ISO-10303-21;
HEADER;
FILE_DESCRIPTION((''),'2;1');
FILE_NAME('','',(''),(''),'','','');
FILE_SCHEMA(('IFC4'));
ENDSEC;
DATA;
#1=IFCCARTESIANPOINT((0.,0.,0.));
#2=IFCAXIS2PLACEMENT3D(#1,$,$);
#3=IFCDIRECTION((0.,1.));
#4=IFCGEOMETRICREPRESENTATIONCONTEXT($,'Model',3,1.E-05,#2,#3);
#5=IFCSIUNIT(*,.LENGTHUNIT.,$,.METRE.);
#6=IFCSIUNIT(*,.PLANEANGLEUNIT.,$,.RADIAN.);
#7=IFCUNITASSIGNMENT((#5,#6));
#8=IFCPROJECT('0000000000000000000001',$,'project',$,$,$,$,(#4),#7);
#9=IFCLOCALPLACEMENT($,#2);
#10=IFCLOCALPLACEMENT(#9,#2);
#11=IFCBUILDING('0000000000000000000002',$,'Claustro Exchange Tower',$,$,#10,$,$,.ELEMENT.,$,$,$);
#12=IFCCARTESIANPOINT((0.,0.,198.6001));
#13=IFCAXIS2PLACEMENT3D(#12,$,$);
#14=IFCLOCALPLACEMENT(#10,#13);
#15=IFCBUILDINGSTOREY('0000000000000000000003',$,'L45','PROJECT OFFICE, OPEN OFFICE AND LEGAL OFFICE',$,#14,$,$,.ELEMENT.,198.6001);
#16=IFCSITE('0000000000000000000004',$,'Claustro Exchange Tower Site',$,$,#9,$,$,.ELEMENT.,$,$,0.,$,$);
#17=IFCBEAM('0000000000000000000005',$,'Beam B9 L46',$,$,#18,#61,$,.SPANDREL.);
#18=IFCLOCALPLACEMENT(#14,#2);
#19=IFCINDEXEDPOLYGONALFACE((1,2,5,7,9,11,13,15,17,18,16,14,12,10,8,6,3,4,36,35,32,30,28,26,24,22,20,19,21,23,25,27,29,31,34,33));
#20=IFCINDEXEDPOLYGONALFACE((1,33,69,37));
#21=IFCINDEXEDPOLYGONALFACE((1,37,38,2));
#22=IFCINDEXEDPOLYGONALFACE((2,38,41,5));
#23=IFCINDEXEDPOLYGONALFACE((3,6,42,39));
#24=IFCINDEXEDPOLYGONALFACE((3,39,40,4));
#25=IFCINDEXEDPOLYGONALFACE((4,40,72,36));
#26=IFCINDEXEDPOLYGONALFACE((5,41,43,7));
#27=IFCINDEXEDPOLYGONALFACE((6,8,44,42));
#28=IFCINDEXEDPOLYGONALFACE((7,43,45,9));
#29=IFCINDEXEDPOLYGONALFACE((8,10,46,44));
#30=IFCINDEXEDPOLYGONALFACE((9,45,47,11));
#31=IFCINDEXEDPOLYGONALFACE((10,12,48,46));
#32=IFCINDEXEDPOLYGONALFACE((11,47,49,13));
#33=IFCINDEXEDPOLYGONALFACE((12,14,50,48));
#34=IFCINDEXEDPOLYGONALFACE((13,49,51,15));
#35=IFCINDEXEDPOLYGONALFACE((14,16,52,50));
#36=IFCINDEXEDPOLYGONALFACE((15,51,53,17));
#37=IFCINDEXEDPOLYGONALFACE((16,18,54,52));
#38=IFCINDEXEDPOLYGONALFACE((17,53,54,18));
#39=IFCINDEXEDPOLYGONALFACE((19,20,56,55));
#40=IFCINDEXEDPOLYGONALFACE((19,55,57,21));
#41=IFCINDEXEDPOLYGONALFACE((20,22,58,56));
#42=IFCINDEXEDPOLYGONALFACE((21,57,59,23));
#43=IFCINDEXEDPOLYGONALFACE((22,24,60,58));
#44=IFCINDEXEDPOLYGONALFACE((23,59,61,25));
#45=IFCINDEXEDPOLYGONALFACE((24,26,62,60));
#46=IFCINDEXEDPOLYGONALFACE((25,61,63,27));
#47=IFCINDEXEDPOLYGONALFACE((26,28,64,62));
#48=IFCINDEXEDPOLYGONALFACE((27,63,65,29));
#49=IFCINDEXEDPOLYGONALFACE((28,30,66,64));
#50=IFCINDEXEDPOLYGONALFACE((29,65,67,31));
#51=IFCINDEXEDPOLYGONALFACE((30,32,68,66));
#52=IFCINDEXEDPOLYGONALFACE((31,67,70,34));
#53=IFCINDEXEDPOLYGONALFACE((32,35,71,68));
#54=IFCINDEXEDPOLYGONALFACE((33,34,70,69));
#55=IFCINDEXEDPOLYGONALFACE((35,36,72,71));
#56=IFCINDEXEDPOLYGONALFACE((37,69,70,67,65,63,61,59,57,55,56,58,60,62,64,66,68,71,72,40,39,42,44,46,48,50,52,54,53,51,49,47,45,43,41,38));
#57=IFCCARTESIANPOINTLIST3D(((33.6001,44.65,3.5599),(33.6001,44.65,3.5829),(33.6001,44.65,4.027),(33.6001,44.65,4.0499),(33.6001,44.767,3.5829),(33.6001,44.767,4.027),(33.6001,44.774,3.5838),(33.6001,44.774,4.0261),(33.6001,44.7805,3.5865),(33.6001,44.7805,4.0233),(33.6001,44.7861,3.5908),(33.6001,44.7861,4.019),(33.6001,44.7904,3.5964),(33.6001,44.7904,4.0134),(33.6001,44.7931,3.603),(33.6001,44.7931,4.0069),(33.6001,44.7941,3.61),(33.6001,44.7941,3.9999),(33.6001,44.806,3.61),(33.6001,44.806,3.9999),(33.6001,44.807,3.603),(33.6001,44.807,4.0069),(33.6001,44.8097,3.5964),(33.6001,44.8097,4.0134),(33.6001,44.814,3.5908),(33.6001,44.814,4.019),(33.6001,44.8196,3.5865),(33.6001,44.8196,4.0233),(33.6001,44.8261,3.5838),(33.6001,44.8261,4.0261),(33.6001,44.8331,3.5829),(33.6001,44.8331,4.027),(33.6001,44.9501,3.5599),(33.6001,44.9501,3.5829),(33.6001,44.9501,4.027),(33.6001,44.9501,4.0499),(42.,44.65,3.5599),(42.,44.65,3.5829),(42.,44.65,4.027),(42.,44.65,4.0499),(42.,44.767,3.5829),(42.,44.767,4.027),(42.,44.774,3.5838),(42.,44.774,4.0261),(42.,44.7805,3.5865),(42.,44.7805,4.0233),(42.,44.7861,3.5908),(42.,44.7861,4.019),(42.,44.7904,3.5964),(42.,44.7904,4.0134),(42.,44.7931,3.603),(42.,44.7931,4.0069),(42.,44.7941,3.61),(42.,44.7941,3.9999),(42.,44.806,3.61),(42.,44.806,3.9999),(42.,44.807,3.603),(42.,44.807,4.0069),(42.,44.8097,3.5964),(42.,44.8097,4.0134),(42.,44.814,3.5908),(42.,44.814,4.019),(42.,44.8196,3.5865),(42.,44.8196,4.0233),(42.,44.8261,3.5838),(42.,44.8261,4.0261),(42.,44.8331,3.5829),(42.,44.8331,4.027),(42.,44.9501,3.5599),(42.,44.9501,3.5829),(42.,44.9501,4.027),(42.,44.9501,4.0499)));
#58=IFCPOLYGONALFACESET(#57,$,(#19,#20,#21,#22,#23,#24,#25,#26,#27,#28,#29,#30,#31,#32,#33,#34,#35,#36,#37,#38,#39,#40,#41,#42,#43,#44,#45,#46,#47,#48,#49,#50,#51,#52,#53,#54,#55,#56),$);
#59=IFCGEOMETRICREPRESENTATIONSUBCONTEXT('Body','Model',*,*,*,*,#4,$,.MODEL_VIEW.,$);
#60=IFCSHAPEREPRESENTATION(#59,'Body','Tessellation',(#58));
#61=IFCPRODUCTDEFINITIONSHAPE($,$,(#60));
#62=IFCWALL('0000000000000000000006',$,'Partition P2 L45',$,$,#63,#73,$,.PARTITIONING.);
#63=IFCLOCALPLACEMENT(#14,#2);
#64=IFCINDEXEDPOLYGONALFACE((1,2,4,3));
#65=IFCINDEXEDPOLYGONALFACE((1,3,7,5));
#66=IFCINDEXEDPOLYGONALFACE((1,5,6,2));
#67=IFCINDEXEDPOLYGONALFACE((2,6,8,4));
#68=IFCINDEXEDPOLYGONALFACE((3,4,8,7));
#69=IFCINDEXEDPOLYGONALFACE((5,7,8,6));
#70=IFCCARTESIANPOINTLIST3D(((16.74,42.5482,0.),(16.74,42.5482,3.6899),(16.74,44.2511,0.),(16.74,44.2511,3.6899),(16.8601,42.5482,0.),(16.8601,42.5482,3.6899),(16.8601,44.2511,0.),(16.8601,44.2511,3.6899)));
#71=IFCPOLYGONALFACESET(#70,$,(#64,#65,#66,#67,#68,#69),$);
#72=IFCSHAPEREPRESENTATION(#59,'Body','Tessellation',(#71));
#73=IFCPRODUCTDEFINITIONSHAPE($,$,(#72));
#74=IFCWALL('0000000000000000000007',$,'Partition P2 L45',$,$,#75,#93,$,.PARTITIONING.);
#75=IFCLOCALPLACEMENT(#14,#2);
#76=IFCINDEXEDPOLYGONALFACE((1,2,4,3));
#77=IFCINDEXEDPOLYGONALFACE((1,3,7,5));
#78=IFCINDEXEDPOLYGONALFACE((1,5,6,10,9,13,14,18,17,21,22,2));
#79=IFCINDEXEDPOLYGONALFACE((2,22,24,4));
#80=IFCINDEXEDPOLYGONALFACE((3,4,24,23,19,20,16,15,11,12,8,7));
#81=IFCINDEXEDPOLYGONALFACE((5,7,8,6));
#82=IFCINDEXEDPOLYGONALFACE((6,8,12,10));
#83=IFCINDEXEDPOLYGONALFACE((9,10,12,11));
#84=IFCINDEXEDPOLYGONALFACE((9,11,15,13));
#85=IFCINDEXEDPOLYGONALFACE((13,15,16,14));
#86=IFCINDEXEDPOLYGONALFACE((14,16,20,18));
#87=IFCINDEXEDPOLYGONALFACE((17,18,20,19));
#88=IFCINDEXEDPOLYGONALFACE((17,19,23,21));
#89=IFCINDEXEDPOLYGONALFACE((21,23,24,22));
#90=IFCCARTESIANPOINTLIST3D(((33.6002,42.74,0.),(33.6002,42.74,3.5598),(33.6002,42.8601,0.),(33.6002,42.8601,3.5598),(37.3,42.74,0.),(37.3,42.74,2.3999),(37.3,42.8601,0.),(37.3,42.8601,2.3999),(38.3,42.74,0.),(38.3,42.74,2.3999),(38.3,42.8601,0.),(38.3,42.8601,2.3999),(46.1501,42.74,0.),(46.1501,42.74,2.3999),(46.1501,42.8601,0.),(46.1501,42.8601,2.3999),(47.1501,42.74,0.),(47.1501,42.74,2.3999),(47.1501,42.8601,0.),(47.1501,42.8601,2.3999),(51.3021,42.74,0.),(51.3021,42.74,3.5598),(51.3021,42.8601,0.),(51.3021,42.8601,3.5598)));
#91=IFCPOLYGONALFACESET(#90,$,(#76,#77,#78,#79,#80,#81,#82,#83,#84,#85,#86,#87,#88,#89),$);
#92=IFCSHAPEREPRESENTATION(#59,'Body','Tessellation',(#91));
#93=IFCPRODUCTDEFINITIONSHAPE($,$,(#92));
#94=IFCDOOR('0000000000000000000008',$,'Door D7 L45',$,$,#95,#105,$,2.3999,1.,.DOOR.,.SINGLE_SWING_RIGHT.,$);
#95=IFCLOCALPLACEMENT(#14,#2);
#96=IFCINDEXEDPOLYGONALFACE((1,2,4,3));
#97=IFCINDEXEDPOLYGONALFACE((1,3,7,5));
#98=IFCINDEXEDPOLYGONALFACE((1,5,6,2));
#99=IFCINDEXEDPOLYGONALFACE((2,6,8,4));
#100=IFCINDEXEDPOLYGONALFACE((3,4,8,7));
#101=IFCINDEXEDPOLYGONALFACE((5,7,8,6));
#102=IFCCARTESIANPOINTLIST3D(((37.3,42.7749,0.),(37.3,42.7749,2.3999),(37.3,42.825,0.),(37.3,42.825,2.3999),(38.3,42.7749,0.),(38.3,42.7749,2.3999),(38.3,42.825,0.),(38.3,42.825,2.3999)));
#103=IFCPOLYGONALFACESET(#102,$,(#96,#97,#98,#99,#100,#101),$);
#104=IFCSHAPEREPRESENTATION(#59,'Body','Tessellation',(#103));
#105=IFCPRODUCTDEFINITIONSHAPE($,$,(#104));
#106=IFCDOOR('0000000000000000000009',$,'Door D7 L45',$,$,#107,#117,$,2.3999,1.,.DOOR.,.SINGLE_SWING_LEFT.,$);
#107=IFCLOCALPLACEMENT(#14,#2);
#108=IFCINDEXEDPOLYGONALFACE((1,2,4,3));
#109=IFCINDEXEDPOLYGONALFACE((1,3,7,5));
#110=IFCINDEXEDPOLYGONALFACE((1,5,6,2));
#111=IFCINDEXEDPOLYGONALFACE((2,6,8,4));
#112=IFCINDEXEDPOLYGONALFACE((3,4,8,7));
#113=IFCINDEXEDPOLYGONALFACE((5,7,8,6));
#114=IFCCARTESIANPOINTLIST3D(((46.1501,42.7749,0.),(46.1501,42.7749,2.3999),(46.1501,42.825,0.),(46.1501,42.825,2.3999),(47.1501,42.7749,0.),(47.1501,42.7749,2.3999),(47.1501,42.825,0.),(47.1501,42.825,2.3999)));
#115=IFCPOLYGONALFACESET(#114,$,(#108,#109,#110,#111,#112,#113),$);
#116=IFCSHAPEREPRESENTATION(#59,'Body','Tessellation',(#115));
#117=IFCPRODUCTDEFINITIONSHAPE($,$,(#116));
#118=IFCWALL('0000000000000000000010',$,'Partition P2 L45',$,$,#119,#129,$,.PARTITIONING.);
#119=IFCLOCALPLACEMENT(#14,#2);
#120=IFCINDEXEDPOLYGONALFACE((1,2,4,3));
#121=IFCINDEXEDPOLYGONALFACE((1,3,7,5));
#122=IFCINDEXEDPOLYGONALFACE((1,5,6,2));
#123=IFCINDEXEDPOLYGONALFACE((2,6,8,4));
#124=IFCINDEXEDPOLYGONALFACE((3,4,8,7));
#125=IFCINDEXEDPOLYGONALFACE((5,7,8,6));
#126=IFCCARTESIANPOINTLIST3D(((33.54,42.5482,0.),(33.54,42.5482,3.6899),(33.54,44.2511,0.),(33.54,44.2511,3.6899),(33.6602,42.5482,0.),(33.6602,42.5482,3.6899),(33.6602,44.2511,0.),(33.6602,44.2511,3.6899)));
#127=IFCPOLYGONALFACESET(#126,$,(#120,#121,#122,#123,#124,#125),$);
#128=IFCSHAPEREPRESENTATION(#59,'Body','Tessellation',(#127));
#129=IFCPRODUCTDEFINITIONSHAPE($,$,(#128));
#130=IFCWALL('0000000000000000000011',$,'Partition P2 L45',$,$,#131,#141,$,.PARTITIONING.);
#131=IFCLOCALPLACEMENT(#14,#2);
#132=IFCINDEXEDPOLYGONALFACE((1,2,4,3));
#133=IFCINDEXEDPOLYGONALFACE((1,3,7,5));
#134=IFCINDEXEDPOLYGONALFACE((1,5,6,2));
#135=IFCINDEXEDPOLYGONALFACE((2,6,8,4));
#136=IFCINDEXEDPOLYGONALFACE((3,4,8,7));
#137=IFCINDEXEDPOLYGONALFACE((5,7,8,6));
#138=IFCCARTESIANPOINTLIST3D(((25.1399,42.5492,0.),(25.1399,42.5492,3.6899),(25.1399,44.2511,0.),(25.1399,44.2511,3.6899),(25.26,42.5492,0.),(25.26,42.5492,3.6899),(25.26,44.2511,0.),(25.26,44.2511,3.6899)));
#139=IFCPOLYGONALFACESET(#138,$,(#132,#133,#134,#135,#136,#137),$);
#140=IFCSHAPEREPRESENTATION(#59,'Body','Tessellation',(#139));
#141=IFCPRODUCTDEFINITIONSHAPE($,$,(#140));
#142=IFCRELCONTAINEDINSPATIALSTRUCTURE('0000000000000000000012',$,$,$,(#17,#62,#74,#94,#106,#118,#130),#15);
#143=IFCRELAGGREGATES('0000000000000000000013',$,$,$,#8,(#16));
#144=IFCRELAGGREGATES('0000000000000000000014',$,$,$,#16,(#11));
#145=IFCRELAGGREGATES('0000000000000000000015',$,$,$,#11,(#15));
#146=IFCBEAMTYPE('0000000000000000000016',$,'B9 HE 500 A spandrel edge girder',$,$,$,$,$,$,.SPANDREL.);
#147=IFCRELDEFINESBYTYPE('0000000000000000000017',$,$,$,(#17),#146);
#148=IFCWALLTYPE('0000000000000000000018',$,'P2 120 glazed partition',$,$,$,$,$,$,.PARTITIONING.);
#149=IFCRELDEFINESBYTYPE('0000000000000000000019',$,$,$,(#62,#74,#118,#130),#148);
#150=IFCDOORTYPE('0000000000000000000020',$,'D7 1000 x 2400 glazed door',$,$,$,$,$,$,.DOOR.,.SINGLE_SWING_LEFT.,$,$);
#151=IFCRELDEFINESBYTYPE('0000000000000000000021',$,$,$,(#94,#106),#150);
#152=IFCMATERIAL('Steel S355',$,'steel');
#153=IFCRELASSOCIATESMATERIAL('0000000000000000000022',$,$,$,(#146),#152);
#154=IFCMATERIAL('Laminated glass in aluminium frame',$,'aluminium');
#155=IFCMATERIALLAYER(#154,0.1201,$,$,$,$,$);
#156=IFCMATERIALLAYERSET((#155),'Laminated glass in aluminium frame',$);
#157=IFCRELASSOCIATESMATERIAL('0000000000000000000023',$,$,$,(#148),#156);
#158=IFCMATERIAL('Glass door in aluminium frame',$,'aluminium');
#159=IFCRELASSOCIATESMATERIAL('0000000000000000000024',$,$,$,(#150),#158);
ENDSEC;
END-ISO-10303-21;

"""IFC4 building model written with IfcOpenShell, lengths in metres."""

from ifc_helpers import new_model, si_unit, direction, frame, frame_2d, origin, origin_2d, place, context, subcontext, project, spatial, rectangle, i_section, extrude, material, layer, layer_set, material_profile, profile_set, type_object, element, fill, save


model = new_model("IFC4")

# Units and contexts
model_context = context("Model", 3, precision=1e-05, world=origin(), true_north=direction((0.0, 1.0)))
body_context = subcontext(model_context, "Body", "Model", "MODEL_VIEW")
ifc_project = project(units=[si_unit("LENGTHUNIT", "METRE"), si_unit("PLANEANGLEUNIT", "RADIAN")], contexts=[model_context])

# Site, building, storey
site_placement = place(None, origin())
site = spatial("IfcSite", under=ifc_project, at=site_placement, Name="Claustro Exchange Tower Site", CompositionType="ELEMENT", RefElevation=0.0)
building_placement = place(site_placement, origin())
building = spatial("IfcBuilding", under=site, at=building_placement, Name="Claustro Exchange Tower", CompositionType="ELEMENT")
storey_placement = place(building_placement, frame((0.0, 0.0, 198.6001)))
storey = spatial("IfcBuildingStorey", under=building, at=storey_placement, Name="L45", Description="PROJECT OFFICE, OPEN OFFICE AND LEGAL OFFICE", CompositionType="ELEMENT", Elevation=198.6001)

# Beam
ifc_material_1 = material(Name="Steel S355", Category="steel")
ifc_material_profile_1 = material_profile(ifc_material_1, i_section(OverallWidth=0.3, OverallDepth=0.49, WebThickness=0.012, FlangeThickness=0.0229, FilletRadius=0.0271, at=origin_2d()), Name="HE 500 A")
ifc_profile_set_1 = profile_set([ifc_material_profile_1], Name="Steel S355")
beam_type_1 = type_object("IfcBeamType", Name="B9 HE 500 A spandrel edge girder", PredefinedType="SPANDREL", material=ifc_profile_set_1)
beam_1_placement = place(storey_placement, frame((33.6001, 44.8, 3.8049), z_axis=(1.0, 0.0, 0.0), x_axis=(0.0, 1.0, 0.0)))
element("IfcBeam", 1, at=beam_1_placement, inside=storey, type_object=beam_type_1, Name="Beam B9 L46", PredefinedType="SPANDREL", context=body_context, shape_type="SweptSolid", body=[
    extrude(i_section(OverallWidth=0.3, OverallDepth=0.49, WebThickness=0.012, FlangeThickness=0.0229, FilletRadius=0.0271, at=origin_2d()), origin(), (0.0, 0.0, 1.0), 8.3999),
])

# Wall
ifc_material_2 = material(Name="Laminated glass in aluminium frame", Category="aluminium")
ifc_layer_1 = layer(ifc_material_2, 0.1201)
ifc_layer_set_1 = layer_set([ifc_layer_1], Name="Laminated glass in aluminium frame")
wall_type_1 = type_object("IfcWallType", Name="P2 120 glazed partition", PredefinedType="PARTITIONING", material=ifc_layer_set_1)
wall_1_placement = place(storey_placement, frame((16.8, 42.5481, 0.0), z_axis=(0.0, 0.0, 1.0), x_axis=(0.0, 1.0, 0.0)))
element("IfcWall", 2, at=wall_1_placement, inside=storey, type_object=wall_type_1, Name="Partition P2 L45", PredefinedType="PARTITIONING", context=body_context, shape_type="SweptSolid", body=[
    extrude(rectangle(XDim=1.7029, YDim=0.1201, at=frame_2d((0.8516, 0.0))), origin(), (0.0, 0.0, 1.0), 3.6899),
])

# Wall, openings, doors
wall_2_placement = place(storey_placement, frame((33.6001, 42.8, 0.0), z_axis=(0.0, 0.0, 1.0), x_axis=(1.0, 0.0, 0.0)))
wall_2 = element("IfcWall", 3, at=wall_2_placement, inside=storey, type_object=wall_type_1, Name="Partition P2 L45", PredefinedType="PARTITIONING", context=body_context, shape_type="SweptSolid", body=[
    extrude(rectangle(XDim=17.7019, YDim=0.1201, at=frame_2d((8.8511, 0.0))), origin(), (0.0, 0.0, 1.0), 3.5598),
])
opening_1_placement = place(wall_2_placement, frame((3.7, 0.0, 0.0)))
opening_1 = element("IfcOpeningElement", 4, at=opening_1_placement, cuts=wall_2, PredefinedType="OPENING", context=body_context, shape_type="SweptSolid", body=[
    extrude(rectangle(XDim=1.0, YDim=2.3999, at=frame_2d((0.5, 1.2))), frame((0.0, 0.0701, 0.0), z_axis=(0.0, -1.0, 0.0), x_axis=(1.0, 0.0, 0.0)), (0.0, 0.0, 1.0), 0.1401),
])
opening_2_placement = place(wall_2_placement, frame((12.55, 0.0, 0.0)))
opening_2 = element("IfcOpeningElement", 5, at=opening_2_placement, cuts=wall_2, PredefinedType="OPENING", context=body_context, shape_type="SweptSolid", body=[
    extrude(rectangle(XDim=1.0, YDim=2.3999, at=frame_2d((0.5, 1.2))), frame((0.0, 0.0701, 0.0), z_axis=(0.0, -1.0, 0.0), x_axis=(1.0, 0.0, 0.0)), (0.0, 0.0, 1.0), 0.1401),
])
ifc_material_3 = material(Name="Glass door in aluminium frame", Category="aluminium")
door_type = type_object("IfcDoorType", Name="D7 1000 x 2400 glazed door", OperationType="SINGLE_SWING_LEFT", PredefinedType="DOOR", material=ifc_material_3)
door_1_placement = place(opening_1_placement, origin())
door_1 = element("IfcDoor", 6, at=door_1_placement, inside=storey, type_object=door_type, Name="Door D7 L45", OperationType="SINGLE_SWING_RIGHT", OverallHeight=2.3999, OverallWidth=1.0, PredefinedType="DOOR", context=body_context, shape_type="SweptSolid", body=[
    extrude(rectangle(XDim=1.0, YDim=2.3999, at=frame_2d((0.5, 1.2))), frame((0.0, 0.0249, 0.0), z_axis=(0.0, -1.0, 0.0), x_axis=(1.0, 0.0, 0.0)), (0.0, 0.0, 1.0), 0.05),
])
fill(opening_1, door_1)
door_2_placement = place(opening_2_placement, origin())
door_2 = element("IfcDoor", 7, at=door_2_placement, inside=storey, type_object=door_type, Name="Door D7 L45", OperationType="SINGLE_SWING_LEFT", OverallHeight=2.3999, OverallWidth=1.0, PredefinedType="DOOR", context=body_context, shape_type="SweptSolid", body=[
    extrude(rectangle(XDim=1.0, YDim=2.3999, at=frame_2d((0.5, 1.2))), frame((0.0, 0.0249, 0.0), z_axis=(0.0, -1.0, 0.0), x_axis=(1.0, 0.0, 0.0)), (0.0, 0.0, 1.0), 0.05),
])
fill(opening_2, door_2)

# Walls
wall_3_placement = place(storey_placement, frame((33.6001, 42.5481, 0.0), z_axis=(0.0, 0.0, 1.0), x_axis=(0.0, 1.0, 0.0)))
element("IfcWall", 8, at=wall_3_placement, inside=storey, type_object=wall_type_1, Name="Partition P2 L45", PredefinedType="PARTITIONING", context=body_context, shape_type="SweptSolid", body=[
    extrude(rectangle(XDim=1.7029, YDim=0.1201, at=frame_2d((0.8516, 0.0))), origin(), (0.0, 0.0, 1.0), 3.6899),
])
wall_4_placement = place(storey_placement, frame((25.2, 42.5491, 0.0), z_axis=(0.0, 0.0, 1.0), x_axis=(0.0, 1.0, 0.0)))
element("IfcWall", 9, at=wall_4_placement, inside=storey, type_object=wall_type_1, Name="Partition P2 L45", PredefinedType="PARTITIONING", context=body_context, shape_type="SweptSolid", body=[
    extrude(rectangle(XDim=1.7019, YDim=0.1201, at=frame_2d((0.8511, 0.0))), origin(), (0.0, 0.0, 1.0), 3.6899),
])

save(model, "model.ifc")
